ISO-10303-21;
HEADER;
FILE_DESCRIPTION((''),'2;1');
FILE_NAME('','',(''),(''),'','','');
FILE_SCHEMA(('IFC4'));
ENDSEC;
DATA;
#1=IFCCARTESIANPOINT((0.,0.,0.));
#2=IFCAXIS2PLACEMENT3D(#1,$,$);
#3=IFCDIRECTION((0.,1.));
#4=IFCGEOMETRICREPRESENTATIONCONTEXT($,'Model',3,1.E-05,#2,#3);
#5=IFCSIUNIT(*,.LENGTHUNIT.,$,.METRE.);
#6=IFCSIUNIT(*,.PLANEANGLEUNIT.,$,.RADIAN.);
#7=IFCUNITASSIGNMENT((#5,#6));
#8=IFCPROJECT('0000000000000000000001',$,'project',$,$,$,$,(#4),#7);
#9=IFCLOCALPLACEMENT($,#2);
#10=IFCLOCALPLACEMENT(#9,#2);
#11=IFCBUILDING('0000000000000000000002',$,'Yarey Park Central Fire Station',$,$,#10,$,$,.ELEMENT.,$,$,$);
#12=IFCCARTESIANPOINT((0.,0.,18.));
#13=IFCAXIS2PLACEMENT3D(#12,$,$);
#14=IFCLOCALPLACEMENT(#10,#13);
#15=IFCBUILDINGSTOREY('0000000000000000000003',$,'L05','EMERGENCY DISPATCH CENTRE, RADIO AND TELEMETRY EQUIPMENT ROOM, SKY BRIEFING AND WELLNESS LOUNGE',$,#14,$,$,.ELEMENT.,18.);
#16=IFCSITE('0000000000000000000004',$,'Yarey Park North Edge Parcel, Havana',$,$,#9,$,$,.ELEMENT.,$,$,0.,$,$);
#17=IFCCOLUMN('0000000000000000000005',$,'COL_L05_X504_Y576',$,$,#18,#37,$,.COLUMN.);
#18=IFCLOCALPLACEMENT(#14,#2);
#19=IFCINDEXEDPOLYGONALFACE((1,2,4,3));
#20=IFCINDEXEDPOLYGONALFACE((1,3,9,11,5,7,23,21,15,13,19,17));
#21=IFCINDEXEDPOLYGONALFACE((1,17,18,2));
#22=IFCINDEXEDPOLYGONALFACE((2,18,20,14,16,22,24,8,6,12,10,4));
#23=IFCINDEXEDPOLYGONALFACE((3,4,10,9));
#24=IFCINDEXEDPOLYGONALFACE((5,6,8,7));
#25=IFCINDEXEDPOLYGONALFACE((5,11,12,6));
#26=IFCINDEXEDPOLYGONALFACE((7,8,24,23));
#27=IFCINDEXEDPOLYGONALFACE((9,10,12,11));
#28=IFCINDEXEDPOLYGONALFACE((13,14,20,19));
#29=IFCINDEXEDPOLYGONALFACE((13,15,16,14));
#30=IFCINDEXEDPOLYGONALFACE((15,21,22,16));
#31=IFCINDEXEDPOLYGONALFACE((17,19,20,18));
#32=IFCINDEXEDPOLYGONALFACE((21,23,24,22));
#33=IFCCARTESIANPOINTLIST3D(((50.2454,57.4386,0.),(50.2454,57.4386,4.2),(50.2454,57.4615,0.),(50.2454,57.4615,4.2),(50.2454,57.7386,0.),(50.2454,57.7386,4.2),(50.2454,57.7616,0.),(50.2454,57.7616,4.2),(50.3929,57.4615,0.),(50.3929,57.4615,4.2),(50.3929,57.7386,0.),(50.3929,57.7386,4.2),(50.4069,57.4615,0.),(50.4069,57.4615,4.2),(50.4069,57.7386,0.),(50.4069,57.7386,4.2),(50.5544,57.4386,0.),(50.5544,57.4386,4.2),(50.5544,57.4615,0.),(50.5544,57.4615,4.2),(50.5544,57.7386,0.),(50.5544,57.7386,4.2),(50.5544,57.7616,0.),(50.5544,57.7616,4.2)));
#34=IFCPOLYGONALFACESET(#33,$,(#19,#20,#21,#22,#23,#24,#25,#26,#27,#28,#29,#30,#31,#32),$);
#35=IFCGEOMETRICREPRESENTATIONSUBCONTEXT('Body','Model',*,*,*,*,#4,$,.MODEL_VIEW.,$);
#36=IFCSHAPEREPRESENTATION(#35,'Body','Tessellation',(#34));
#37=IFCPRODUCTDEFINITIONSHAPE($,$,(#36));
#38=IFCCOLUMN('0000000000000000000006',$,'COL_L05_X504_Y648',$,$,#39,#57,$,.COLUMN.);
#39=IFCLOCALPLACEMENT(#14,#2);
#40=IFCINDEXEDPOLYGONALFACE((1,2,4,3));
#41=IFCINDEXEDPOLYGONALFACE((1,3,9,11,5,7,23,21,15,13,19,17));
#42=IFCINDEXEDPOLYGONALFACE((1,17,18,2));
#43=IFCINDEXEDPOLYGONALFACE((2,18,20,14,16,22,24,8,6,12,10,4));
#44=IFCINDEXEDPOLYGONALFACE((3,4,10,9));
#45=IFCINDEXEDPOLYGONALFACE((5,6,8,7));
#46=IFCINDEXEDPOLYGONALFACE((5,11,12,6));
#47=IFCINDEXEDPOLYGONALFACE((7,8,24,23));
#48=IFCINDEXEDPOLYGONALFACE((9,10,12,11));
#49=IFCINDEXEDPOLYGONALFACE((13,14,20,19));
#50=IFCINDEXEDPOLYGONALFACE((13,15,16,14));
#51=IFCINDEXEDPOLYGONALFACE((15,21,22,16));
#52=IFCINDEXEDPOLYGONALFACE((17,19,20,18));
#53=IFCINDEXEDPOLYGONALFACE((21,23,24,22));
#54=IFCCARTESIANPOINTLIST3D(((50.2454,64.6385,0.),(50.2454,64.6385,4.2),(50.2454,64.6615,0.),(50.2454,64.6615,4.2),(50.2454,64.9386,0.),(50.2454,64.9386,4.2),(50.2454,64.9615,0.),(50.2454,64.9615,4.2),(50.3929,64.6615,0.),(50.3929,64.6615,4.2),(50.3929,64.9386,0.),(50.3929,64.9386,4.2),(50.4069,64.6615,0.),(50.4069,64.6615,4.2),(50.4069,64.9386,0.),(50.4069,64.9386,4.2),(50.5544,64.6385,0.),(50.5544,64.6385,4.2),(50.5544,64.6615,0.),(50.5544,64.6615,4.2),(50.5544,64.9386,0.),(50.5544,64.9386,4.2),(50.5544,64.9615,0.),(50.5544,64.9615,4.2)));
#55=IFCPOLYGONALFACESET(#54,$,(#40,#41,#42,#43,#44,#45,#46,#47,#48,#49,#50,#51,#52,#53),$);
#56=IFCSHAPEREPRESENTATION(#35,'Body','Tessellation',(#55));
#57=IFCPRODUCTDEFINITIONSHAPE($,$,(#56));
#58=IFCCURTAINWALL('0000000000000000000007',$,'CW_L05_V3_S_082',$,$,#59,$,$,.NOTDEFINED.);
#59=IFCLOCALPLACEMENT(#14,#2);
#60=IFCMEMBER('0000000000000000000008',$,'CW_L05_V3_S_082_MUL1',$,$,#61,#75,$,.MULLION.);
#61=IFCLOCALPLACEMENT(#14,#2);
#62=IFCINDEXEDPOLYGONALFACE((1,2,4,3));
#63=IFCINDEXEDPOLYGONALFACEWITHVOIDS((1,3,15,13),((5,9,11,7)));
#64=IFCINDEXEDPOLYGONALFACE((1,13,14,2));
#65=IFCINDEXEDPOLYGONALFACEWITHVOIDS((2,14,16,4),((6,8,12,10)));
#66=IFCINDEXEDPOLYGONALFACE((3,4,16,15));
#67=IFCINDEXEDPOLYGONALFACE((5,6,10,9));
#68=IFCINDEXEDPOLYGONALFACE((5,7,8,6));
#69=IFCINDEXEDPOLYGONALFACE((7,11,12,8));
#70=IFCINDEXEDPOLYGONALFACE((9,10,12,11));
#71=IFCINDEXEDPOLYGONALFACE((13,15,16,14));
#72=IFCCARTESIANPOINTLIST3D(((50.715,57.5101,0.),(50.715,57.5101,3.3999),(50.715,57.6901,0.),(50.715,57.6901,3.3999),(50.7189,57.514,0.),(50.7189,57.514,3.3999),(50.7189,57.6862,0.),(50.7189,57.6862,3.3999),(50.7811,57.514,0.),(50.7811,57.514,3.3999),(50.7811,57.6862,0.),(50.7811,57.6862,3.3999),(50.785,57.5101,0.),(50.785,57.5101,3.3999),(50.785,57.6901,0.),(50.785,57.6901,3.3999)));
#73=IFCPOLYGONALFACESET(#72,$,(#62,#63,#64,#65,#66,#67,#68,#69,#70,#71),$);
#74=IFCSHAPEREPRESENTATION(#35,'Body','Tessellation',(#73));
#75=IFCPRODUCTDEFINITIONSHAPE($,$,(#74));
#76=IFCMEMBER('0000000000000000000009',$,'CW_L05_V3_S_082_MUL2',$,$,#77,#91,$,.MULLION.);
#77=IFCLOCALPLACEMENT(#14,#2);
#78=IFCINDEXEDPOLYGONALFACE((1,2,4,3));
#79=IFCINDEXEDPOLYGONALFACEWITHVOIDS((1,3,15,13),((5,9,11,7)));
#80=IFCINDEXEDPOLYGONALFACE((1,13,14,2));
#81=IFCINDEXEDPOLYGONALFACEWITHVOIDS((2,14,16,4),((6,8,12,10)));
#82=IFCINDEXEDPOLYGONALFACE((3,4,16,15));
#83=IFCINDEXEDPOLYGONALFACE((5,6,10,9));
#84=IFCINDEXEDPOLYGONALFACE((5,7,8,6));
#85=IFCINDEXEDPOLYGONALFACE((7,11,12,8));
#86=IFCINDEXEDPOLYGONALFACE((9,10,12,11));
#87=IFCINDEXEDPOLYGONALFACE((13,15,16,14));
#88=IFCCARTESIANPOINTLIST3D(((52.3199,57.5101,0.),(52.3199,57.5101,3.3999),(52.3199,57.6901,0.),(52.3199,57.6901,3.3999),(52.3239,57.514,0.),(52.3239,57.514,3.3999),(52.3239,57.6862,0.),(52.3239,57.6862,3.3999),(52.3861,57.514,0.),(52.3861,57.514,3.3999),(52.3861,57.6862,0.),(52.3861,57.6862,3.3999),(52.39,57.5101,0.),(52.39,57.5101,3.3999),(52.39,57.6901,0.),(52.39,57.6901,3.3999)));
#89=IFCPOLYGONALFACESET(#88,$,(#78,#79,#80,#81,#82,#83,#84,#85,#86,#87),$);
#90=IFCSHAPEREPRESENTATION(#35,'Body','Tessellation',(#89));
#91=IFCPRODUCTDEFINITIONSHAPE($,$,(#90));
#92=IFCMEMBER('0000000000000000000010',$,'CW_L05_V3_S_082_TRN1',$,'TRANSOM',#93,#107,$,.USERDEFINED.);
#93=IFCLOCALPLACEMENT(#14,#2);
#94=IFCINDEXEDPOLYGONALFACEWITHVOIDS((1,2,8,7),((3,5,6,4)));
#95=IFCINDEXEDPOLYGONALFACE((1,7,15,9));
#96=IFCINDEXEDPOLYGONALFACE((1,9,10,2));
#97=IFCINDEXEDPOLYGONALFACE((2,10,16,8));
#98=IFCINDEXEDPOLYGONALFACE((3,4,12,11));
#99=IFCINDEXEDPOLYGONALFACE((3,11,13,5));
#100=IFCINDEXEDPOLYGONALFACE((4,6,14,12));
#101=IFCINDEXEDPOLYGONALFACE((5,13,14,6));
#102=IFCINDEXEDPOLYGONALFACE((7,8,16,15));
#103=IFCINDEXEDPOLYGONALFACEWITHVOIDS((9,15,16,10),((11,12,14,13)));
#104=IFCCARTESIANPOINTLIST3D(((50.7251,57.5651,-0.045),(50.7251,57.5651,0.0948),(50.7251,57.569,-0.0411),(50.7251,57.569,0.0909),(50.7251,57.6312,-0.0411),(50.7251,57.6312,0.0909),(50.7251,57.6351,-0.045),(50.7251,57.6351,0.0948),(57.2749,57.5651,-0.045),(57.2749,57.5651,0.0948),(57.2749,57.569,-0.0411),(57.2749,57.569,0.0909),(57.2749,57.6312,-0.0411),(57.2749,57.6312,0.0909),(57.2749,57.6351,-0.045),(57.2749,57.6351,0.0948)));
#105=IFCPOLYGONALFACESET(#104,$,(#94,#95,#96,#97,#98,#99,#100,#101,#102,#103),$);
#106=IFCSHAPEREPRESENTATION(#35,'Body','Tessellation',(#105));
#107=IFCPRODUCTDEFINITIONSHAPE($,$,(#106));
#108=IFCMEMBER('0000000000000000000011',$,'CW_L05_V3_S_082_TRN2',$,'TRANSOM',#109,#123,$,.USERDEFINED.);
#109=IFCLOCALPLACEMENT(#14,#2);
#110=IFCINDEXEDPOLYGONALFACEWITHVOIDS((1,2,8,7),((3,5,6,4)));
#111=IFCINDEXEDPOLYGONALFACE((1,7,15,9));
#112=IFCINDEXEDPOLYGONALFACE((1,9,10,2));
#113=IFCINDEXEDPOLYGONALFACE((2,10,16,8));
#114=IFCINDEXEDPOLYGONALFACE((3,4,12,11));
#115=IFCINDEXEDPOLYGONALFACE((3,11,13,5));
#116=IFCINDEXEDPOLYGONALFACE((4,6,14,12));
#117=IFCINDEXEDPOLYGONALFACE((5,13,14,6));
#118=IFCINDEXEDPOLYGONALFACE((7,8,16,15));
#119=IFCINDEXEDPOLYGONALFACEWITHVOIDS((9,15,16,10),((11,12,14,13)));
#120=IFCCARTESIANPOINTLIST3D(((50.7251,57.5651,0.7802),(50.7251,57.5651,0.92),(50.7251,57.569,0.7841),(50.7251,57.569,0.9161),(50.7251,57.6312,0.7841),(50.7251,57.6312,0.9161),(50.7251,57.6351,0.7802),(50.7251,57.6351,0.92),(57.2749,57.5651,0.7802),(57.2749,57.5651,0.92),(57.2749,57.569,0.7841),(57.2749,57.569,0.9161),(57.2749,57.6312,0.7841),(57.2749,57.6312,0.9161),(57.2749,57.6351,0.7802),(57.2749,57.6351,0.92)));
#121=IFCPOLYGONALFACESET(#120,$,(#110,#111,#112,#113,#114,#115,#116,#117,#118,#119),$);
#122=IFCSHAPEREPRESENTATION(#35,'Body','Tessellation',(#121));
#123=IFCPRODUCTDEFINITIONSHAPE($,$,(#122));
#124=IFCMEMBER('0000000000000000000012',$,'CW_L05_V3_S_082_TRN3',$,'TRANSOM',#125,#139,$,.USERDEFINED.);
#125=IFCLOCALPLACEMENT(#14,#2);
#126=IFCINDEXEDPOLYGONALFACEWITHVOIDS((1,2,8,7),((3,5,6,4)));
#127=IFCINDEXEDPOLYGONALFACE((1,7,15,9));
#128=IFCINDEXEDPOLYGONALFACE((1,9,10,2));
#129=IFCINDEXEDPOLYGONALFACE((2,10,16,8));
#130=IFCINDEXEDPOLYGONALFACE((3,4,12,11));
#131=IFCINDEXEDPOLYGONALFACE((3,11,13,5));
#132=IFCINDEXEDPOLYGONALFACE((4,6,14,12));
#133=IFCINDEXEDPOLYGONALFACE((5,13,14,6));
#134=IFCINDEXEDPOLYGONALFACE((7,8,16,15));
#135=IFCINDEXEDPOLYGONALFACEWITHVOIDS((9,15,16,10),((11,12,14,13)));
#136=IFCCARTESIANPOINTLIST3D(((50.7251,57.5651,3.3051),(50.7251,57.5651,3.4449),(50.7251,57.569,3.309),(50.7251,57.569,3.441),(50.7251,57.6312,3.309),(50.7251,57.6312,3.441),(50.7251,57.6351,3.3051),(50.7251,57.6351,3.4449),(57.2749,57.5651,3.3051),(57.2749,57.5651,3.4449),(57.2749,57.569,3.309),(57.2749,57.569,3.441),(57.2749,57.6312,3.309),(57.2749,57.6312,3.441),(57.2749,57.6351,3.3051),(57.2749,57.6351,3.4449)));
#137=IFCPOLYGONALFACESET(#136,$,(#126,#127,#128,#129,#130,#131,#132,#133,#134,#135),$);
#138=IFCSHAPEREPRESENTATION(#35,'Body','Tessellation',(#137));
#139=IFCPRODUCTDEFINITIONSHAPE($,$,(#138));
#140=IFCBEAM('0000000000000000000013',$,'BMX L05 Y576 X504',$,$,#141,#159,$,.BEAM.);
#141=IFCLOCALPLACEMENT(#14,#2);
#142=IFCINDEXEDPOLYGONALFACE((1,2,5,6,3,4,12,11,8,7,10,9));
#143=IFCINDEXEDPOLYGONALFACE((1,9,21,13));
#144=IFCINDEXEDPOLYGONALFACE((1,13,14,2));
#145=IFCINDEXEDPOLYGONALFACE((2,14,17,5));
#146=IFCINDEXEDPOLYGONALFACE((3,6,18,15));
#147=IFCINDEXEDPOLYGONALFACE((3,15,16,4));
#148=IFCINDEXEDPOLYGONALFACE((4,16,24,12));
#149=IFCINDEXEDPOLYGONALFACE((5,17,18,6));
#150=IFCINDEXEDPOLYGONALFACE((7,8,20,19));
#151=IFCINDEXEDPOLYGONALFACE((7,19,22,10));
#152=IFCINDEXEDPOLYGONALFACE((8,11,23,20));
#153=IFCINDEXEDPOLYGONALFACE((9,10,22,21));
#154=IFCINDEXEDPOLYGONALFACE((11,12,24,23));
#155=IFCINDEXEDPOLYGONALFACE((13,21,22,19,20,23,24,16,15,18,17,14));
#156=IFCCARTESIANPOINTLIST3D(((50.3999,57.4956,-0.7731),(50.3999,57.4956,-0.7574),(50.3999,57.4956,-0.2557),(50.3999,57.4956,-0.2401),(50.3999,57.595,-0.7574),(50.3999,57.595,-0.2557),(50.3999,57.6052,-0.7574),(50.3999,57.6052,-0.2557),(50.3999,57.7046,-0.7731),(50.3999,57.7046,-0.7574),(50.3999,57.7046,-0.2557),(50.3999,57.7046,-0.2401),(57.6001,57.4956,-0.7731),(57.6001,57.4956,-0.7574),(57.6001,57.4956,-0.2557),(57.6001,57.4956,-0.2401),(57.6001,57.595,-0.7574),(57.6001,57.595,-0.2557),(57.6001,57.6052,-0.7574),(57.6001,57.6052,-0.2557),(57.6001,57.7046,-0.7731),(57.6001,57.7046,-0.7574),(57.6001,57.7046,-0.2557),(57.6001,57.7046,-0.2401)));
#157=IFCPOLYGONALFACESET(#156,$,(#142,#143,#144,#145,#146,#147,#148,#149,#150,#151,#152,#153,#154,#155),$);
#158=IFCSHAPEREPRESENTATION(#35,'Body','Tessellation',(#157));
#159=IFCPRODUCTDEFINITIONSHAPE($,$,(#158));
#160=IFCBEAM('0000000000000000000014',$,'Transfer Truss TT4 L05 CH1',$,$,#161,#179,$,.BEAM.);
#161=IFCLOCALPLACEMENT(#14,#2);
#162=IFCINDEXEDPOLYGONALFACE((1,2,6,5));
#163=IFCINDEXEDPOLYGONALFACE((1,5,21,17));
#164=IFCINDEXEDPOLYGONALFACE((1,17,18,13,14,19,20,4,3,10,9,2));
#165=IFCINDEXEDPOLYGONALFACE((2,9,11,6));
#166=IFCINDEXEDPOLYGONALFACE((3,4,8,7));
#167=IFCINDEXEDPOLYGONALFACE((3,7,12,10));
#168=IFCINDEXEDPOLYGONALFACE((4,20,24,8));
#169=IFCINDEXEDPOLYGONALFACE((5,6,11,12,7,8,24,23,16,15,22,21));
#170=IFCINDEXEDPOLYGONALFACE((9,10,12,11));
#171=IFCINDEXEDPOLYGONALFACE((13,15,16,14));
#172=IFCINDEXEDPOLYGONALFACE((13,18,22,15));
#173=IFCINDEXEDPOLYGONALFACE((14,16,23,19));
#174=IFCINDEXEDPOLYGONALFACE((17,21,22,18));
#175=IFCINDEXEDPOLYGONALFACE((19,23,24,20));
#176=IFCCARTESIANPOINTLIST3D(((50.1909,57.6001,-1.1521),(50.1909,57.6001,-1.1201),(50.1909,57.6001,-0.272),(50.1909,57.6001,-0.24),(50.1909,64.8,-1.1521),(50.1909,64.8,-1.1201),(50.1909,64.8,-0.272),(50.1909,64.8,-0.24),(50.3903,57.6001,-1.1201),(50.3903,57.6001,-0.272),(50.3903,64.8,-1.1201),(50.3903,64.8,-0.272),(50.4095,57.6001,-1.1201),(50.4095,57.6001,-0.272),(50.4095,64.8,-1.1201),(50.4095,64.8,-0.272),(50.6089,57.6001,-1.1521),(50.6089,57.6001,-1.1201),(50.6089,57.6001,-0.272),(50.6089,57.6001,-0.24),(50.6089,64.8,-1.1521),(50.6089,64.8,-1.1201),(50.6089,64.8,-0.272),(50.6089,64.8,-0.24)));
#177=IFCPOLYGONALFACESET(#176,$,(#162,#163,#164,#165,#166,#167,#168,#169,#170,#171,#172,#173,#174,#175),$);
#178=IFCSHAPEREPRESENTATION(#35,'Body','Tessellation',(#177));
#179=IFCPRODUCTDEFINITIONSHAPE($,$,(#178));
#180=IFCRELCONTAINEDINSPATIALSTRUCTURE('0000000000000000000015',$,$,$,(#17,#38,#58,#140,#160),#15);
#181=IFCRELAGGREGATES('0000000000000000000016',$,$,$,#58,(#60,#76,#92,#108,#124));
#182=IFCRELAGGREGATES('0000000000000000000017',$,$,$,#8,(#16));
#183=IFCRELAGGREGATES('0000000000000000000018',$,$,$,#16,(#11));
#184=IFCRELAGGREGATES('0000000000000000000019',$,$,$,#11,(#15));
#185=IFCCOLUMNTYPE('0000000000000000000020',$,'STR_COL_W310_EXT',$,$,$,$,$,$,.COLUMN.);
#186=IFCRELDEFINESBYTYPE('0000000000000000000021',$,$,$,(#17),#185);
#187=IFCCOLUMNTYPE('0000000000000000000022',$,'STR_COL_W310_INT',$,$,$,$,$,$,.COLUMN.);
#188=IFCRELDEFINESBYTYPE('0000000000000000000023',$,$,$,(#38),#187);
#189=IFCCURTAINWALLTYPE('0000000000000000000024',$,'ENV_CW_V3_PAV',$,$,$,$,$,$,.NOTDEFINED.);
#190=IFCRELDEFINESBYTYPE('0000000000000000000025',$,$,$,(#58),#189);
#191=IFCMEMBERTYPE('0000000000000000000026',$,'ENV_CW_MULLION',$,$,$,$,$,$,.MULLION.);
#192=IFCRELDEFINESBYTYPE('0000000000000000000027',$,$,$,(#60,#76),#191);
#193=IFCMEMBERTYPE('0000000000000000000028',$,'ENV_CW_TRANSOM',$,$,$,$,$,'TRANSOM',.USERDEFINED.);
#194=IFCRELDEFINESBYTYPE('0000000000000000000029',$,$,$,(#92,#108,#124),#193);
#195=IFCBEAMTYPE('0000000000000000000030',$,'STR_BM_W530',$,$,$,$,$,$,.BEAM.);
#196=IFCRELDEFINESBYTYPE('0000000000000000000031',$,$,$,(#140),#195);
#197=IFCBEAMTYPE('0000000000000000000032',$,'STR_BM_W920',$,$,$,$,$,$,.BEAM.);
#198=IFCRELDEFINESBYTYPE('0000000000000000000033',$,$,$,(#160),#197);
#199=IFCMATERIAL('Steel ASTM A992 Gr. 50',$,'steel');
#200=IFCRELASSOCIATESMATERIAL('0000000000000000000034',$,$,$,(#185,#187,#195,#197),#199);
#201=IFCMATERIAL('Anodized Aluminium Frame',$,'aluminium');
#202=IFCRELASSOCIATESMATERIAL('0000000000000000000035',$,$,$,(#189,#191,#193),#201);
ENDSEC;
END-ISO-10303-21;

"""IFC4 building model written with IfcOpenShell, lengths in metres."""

from ifc_helpers import new_model, si_unit, direction, frame, origin, origin_2d, place, context, subcontext, project, spatial, hollow_rectangle, i_section, extrude, material, material_profile, profile_set, type_object, element, aggregate, save


model = new_model("IFC4")

# Units and contexts
model_context = context("Model", 3, precision=1e-05, world=origin(), true_north=direction((0.0, 1.0)))
body_context = subcontext(model_context, "Body", "Model", "MODEL_VIEW")
ifc_project = project(units=[si_unit("LENGTHUNIT", "METRE"), si_unit("PLANEANGLEUNIT", "RADIAN")], contexts=[model_context])

# Site, building, storey
site_placement = place(None, origin())
site = spatial("IfcSite", under=ifc_project, at=site_placement, Name="Yarey Park North Edge Parcel, Havana", CompositionType="ELEMENT", RefElevation=0.0)
building_placement = place(site_placement, origin())
building = spatial("IfcBuilding", under=site, at=building_placement, Name="Yarey Park Central Fire Station", CompositionType="ELEMENT")
storey_placement = place(building_placement, frame((0.0, 0.0, 18.0)))
storey = spatial("IfcBuildingStorey", under=building, at=storey_placement, Name="L05", Description="EMERGENCY DISPATCH CENTRE, RADIO AND TELEMETRY EQUIPMENT ROOM, SKY BRIEFING AND WELLNESS LOUNGE", CompositionType="ELEMENT", Elevation=18.0)

# Columns
ifc_material_1 = material(Name="Steel ASTM A992 Gr. 50", Category="steel")
ifc_material_profile_1 = material_profile(ifc_material_1, i_section(OverallWidth=0.3091, OverallDepth=0.323, WebThickness=0.0139, FlangeThickness=0.0229, at=origin_2d()), Name="W310x143")
ifc_profile_set_1 = profile_set([ifc_material_profile_1], Name="Steel ASTM A992 Gr. 50")
column_type_1 = type_object("IfcColumnType", Name="STR_COL_W310_EXT", PredefinedType="COLUMN", material=ifc_profile_set_1)
column_1_placement = place(storey_placement, frame((50.3999, 57.6001, 0.0), z_axis=(0.0, 0.0, 1.0), x_axis=(1.0, 0.0, 0.0)))
element("IfcColumn", 1, at=column_1_placement, inside=storey, type_object=column_type_1, Name="COL_L05_X504_Y576", PredefinedType="COLUMN", context=body_context, shape_type="SweptSolid", body=[
    extrude(i_section(OverallWidth=0.3091, OverallDepth=0.323, WebThickness=0.0139, FlangeThickness=0.0229, at=origin_2d()), origin(), (0.0, 0.0, 1.0), 4.2),
])
ifc_material_profile_2 = material_profile(ifc_material_1, i_section(OverallWidth=0.3091, OverallDepth=0.323, WebThickness=0.0139, FlangeThickness=0.0229, at=origin_2d()), Name="W310x143")
ifc_profile_set_2 = profile_set([ifc_material_profile_2], Name="Steel ASTM A992 Gr. 50")
column_type_2 = type_object("IfcColumnType", Name="STR_COL_W310_INT", PredefinedType="COLUMN", material=ifc_profile_set_2)
column_2_placement = place(storey_placement, frame((50.3999, 64.8, 0.0), z_axis=(0.0, 0.0, 1.0), x_axis=(1.0, 0.0, 0.0)))
element("IfcColumn", 2, at=column_2_placement, inside=storey, type_object=column_type_2, Name="COL_L05_X504_Y648", PredefinedType="COLUMN", context=body_context, shape_type="SweptSolid", body=[
    extrude(i_section(OverallWidth=0.3091, OverallDepth=0.323, WebThickness=0.0139, FlangeThickness=0.0229, at=origin_2d()), origin(), (0.0, 0.0, 1.0), 4.2),
])

# Curtain wall, members
ifc_material_2 = material(Name="Anodized Aluminium Frame", Category="aluminium")
curtain_wall_type = type_object("IfcCurtainWallType", Name="ENV_CW_V3_PAV", PredefinedType="NOTDEFINED", material=ifc_material_2)
curtain_wall_placement = place(storey_placement, origin())
curtain_wall = element("IfcCurtainWall", 3, at=curtain_wall_placement, inside=storey, type_object=curtain_wall_type, Name="CW_L05_V3_S_082", PredefinedType="NOTDEFINED")
ifc_material_profile_3 = material_profile(ifc_material_2, hollow_rectangle(XDim=0.0701, YDim=0.1799, WallThickness=0.0039, at=origin_2d()), Name="ALU 180x70x4")
ifc_profile_set_3 = profile_set([ifc_material_profile_3], Name="Anodized Aluminium Frame")
member_type_1 = type_object("IfcMemberType", Name="ENV_CW_MULLION", PredefinedType="MULLION", material=ifc_profile_set_3)
member_1_placement = place(storey_placement, frame((50.75, 57.6001, 0.0), z_axis=(0.0, 0.0, 1.0), x_axis=(1.0, 0.0, 0.0)))
member_1 = element("IfcMember", 4, at=member_1_placement, type_object=member_type_1, Name="CW_L05_V3_S_082_MUL1", PredefinedType="MULLION", context=body_context, shape_type="SweptSolid", body=[
    extrude(hollow_rectangle(XDim=0.0701, YDim=0.1799, WallThickness=0.0039, at=origin_2d()), origin(), (0.0, 0.0, 1.0), 3.3999),
])
member_2_placement = place(storey_placement, frame((52.355, 57.6001, 0.0), z_axis=(0.0, 0.0, 1.0), x_axis=(1.0, 0.0, 0.0)))
member_2 = element("IfcMember", 5, at=member_2_placement, type_object=member_type_1, Name="CW_L05_V3_S_082_MUL2", PredefinedType="MULLION", context=body_context, shape_type="SweptSolid", body=[
    extrude(hollow_rectangle(XDim=0.0701, YDim=0.1799, WallThickness=0.0039, at=origin_2d()), origin(), (0.0, 0.0, 1.0), 3.3999),
])
ifc_material_profile_4 = material_profile(ifc_material_2, hollow_rectangle(XDim=0.0701, YDim=0.1399, WallThickness=0.0039, at=origin_2d()), Name="ALU 140x70x4")
ifc_profile_set_4 = profile_set([ifc_material_profile_4], Name="Anodized Aluminium Frame")
member_type_2 = type_object("IfcMemberType", Name="ENV_CW_TRANSOM", ElementType="TRANSOM", PredefinedType="USERDEFINED", material=ifc_profile_set_4)
member_3_placement = place(storey_placement, frame((50.7251, 57.6001, 0.0249), z_axis=(1.0, 0.0, 0.0), x_axis=(0.0, 1.0, 0.0)))
member_3 = element("IfcMember", 6, at=member_3_placement, type_object=member_type_2, Name="CW_L05_V3_S_082_TRN1", ObjectType="TRANSOM", PredefinedType="USERDEFINED", context=body_context, shape_type="SweptSolid", body=[
    extrude(hollow_rectangle(XDim=0.0701, YDim=0.1399, WallThickness=0.0039, at=origin_2d()), origin(), (0.0, 0.0, 1.0), 6.5498),
])
member_4_placement = place(storey_placement, frame((50.7251, 57.6001, 0.8501), z_axis=(1.0, 0.0, 0.0), x_axis=(0.0, 1.0, 0.0)))
member_4 = element("IfcMember", 7, at=member_4_placement, type_object=member_type_2, Name="CW_L05_V3_S_082_TRN2", ObjectType="TRANSOM", PredefinedType="USERDEFINED", context=body_context, shape_type="SweptSolid", body=[
    extrude(hollow_rectangle(XDim=0.0701, YDim=0.1399, WallThickness=0.0039, at=origin_2d()), origin(), (0.0, 0.0, 1.0), 6.5498),
])
member_5_placement = place(storey_placement, frame((50.7251, 57.6001, 3.375), z_axis=(1.0, 0.0, 0.0), x_axis=(0.0, 1.0, 0.0)))
member_5 = element("IfcMember", 8, at=member_5_placement, type_object=member_type_2, Name="CW_L05_V3_S_082_TRN3", ObjectType="TRANSOM", PredefinedType="USERDEFINED", context=body_context, shape_type="SweptSolid", body=[
    extrude(hollow_rectangle(XDim=0.0701, YDim=0.1399, WallThickness=0.0039, at=origin_2d()), origin(), (0.0, 0.0, 1.0), 6.5498),
])

# Beams
ifc_material_profile_5 = material_profile(ifc_material_1, i_section(OverallWidth=0.209, OverallDepth=0.533, WebThickness=0.0103, FlangeThickness=0.0156, at=origin_2d()), Name="W530x92")
ifc_profile_set_5 = profile_set([ifc_material_profile_5], Name="Steel ASTM A992 Gr. 50")
beam_type_1 = type_object("IfcBeamType", Name="STR_BM_W530", PredefinedType="BEAM", material=ifc_profile_set_5)
beam_placement = place(storey_placement, frame((50.3999, 57.6001, -0.5066), z_axis=(1.0, 0.0, 0.0), x_axis=(0.0, 1.0, 0.0)))
element("IfcBeam", 9, at=beam_placement, inside=storey, type_object=beam_type_1, Name="BMX L05 Y576 X504", PredefinedType="BEAM", context=body_context, shape_type="SweptSolid", body=[
    extrude(i_section(OverallWidth=0.209, OverallDepth=0.533, WebThickness=0.0103, FlangeThickness=0.0156, at=origin_2d()), origin(), (0.0, 0.0, 1.0), 7.2002),
])
ifc_material_profile_6 = material_profile(ifc_material_1, i_section(OverallWidth=0.418, OverallDepth=0.9121, WebThickness=0.0193, FlangeThickness=0.032, at=origin_2d()), Name="W920x342")
ifc_profile_set_6 = profile_set([ifc_material_profile_6], Name="Steel ASTM A992 Gr. 50")
beam_type_2 = type_object("IfcBeamType", Name="STR_BM_W920", PredefinedType="BEAM", material=ifc_profile_set_6)
for number, where, z_axis, x_axis, name in (
    (10, (50.3999, 57.6001, -0.696), (0.0, 1.0, 0.0), (-1.0, 0.0, 0.0), "Transfer Truss TT4 L05 CH1"),
):
    element("IfcBeam", number, at=place(storey_placement, frame(where, z_axis=z_axis, x_axis=x_axis)), inside=storey, type_object=beam_type_2, Name=name, PredefinedType="BEAM", context=body_context, shape_type="SweptSolid", body=[
        extrude(i_section(OverallWidth=0.418, OverallDepth=0.9121, WebThickness=0.0193, FlangeThickness=0.032, at=origin_2d()), origin(), (0.0, 0.0, 1.0), 7.2),
    ])

aggregate(curtain_wall, [member_1, member_2, member_3, member_4, member_5])

save(model, "model.ifc")
